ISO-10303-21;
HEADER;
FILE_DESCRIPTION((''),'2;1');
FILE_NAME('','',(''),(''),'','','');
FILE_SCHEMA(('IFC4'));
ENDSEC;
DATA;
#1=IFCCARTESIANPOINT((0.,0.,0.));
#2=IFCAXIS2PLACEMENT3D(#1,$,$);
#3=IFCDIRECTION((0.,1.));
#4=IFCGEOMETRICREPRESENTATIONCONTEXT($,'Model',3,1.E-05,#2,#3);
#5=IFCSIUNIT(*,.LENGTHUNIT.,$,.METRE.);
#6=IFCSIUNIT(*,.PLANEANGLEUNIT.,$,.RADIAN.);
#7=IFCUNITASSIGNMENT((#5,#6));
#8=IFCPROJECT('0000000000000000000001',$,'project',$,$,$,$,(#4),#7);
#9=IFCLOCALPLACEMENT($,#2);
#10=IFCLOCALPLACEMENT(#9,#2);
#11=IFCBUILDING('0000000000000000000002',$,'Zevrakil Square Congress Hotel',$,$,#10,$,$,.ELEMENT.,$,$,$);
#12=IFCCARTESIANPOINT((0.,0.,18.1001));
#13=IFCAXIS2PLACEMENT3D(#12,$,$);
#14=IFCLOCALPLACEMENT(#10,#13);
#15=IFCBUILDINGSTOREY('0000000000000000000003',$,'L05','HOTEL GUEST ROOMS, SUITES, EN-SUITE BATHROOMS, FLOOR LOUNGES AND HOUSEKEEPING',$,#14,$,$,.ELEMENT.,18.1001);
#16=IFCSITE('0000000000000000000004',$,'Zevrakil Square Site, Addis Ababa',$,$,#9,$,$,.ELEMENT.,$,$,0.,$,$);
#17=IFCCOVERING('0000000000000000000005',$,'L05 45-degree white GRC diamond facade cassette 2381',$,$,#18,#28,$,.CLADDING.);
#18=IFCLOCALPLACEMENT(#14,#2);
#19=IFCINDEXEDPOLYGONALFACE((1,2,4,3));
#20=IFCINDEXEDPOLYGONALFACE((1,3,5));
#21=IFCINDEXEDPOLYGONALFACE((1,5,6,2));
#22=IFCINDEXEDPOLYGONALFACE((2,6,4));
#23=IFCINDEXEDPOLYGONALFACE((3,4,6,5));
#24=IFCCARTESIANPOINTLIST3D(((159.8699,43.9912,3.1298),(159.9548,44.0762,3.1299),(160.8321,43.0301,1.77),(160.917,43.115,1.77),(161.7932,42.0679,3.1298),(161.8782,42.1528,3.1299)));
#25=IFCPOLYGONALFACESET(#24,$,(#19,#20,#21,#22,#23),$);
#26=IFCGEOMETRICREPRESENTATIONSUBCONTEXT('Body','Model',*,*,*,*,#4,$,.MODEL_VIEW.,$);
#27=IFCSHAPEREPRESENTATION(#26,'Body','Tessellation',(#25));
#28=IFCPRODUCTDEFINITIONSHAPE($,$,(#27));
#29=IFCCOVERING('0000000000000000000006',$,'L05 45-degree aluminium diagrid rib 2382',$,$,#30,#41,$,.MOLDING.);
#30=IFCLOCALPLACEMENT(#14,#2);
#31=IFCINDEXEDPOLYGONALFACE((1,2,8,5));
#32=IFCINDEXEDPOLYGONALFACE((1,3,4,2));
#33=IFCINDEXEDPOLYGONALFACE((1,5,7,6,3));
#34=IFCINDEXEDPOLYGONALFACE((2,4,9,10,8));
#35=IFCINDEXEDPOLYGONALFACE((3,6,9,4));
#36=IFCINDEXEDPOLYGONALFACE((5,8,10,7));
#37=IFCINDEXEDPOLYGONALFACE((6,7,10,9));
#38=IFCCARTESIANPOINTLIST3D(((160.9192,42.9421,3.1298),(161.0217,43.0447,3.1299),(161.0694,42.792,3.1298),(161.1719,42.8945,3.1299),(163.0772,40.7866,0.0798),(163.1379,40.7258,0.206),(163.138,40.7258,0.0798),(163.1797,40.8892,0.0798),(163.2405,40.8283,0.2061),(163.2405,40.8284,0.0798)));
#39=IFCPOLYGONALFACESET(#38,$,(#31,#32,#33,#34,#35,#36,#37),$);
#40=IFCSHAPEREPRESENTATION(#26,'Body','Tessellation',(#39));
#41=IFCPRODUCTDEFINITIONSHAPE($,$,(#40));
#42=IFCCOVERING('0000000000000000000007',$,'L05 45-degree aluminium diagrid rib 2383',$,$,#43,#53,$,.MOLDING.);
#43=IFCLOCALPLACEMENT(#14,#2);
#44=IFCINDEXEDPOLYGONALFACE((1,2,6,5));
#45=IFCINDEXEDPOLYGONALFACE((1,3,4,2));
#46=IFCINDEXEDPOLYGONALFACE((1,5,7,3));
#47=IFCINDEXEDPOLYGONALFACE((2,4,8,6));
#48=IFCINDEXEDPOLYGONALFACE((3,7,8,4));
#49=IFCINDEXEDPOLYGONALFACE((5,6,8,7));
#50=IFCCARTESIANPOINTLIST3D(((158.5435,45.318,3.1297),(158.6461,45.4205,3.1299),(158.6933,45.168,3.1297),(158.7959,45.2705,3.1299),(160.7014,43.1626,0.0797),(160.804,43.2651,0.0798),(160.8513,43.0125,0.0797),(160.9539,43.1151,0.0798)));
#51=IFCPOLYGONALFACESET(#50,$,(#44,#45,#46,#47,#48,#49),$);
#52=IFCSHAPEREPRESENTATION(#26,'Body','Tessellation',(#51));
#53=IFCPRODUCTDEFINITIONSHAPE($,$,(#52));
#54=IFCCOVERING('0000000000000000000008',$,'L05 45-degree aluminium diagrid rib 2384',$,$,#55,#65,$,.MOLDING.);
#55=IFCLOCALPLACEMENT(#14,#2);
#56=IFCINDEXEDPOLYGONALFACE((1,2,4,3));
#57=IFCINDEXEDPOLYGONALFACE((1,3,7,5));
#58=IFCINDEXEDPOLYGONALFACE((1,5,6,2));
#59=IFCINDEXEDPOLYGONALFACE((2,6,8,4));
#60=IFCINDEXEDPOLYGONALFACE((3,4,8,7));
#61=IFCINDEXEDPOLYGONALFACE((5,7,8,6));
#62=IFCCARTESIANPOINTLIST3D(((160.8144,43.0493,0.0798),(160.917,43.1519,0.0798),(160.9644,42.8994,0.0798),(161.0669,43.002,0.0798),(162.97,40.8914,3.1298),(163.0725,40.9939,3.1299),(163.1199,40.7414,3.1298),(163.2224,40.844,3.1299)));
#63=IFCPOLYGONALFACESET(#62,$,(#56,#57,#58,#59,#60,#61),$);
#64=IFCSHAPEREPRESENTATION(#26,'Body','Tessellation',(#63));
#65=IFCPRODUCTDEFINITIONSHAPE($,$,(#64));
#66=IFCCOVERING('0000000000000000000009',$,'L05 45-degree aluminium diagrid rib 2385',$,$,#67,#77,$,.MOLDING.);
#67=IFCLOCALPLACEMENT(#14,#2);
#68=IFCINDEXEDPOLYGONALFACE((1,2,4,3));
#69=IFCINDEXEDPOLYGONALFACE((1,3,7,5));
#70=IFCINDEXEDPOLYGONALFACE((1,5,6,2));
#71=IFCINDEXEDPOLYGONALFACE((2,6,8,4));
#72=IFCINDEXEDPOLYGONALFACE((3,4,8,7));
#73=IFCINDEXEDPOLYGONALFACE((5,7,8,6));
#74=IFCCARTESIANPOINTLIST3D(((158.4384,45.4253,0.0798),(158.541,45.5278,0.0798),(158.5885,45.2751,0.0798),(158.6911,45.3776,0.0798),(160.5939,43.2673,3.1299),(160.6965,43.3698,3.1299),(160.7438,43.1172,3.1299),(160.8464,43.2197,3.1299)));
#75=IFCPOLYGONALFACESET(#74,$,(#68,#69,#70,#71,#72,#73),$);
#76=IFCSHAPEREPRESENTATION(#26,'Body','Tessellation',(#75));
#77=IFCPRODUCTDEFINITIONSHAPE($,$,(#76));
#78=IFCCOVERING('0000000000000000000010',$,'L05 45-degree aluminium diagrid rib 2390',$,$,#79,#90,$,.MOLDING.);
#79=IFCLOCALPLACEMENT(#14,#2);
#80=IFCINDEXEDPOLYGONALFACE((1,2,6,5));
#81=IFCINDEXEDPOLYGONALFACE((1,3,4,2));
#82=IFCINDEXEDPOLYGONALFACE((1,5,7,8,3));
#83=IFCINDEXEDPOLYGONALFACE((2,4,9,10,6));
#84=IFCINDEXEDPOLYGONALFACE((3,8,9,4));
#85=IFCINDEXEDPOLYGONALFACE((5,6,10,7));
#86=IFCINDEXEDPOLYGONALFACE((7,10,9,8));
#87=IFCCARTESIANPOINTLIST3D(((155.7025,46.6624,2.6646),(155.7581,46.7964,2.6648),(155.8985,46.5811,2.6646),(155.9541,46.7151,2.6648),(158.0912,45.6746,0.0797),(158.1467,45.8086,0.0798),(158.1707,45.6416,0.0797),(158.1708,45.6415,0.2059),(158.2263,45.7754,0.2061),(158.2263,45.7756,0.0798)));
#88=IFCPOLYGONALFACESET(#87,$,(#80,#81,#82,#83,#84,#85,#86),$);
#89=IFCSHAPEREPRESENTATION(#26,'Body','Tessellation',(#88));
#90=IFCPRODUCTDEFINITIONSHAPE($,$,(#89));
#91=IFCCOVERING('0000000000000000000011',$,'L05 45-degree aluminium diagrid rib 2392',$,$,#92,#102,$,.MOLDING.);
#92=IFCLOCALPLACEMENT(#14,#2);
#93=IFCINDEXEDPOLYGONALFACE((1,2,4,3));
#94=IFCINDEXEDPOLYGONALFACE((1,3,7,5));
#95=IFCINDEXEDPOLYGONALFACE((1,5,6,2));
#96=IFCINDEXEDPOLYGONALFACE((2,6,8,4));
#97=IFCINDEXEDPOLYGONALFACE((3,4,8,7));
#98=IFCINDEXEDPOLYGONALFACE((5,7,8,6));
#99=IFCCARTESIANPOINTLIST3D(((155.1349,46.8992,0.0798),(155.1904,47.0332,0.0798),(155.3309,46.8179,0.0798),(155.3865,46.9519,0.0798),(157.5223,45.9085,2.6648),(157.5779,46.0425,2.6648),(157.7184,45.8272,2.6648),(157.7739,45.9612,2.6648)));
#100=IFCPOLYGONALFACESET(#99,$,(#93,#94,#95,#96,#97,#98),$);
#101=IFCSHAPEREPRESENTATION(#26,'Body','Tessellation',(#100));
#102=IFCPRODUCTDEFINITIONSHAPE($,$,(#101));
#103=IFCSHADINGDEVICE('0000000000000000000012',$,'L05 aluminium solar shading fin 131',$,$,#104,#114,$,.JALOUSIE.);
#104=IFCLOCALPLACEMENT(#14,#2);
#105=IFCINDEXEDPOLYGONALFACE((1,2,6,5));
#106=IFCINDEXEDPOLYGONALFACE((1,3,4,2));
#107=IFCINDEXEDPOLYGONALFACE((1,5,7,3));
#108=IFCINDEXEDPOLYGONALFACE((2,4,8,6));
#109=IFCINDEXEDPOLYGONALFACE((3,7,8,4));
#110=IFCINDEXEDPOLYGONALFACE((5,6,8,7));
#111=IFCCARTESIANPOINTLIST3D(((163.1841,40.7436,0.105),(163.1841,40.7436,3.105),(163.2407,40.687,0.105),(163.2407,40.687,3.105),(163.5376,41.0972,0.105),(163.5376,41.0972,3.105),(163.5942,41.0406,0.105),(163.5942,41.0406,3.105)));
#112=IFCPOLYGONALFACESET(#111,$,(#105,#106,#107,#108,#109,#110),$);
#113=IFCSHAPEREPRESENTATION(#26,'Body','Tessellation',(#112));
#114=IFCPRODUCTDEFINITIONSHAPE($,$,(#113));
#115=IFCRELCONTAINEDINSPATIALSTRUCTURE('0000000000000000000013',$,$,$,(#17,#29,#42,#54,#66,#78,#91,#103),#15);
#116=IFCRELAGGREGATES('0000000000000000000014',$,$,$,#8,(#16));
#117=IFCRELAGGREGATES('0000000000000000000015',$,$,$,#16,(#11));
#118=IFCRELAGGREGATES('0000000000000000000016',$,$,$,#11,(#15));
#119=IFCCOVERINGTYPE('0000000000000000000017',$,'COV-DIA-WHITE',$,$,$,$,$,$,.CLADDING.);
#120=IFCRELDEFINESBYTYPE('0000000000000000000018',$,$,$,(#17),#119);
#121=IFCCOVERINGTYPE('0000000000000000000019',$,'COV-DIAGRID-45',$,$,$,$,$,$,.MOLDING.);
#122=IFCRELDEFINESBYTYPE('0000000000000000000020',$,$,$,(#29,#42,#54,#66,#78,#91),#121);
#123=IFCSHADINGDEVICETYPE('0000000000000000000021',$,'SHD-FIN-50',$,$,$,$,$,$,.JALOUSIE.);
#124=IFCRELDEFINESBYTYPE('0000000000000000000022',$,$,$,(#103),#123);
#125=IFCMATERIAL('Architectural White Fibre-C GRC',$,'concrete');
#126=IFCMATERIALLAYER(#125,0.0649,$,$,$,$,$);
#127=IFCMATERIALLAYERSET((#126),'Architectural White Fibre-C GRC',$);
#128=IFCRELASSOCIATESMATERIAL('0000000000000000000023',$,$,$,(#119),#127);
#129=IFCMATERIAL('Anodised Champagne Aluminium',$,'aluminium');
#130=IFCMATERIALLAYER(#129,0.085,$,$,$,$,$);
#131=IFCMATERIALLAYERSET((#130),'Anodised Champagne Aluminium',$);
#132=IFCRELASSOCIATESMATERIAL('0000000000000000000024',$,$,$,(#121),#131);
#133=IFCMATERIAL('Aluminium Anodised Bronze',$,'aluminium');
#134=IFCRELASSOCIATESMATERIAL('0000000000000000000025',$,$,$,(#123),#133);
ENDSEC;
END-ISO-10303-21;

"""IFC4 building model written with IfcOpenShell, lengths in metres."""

from ifc_helpers import new_model, si_unit, direction, frame, origin, origin_2d, place, context, subcontext, project, spatial, polyline, rectangle, outline, extrude, material, layer, layer_set, type_object, element, save


model = new_model("IFC4")

# Units and contexts
model_context = context("Model", 3, precision=1e-05, world=origin(), true_north=direction((0.0, 1.0)))
body_context = subcontext(model_context, "Body", "Model", "MODEL_VIEW")
ifc_project = project(units=[si_unit("LENGTHUNIT", "METRE"), si_unit("PLANEANGLEUNIT", "RADIAN")], contexts=[model_context])

# Site, building, storey
site_placement = place(None, origin())
site = spatial("IfcSite", under=ifc_project, at=site_placement, Name="Zevrakil Square Site, Addis Ababa", CompositionType="ELEMENT", RefElevation=0.0)
building_placement = place(site_placement, origin())
building = spatial("IfcBuilding", under=site, at=building_placement, Name="Zevrakil Square Congress Hotel", CompositionType="ELEMENT")
storey_placement = place(building_placement, frame((0.0, 0.0, 18.1001)))
storey = spatial("IfcBuildingStorey", under=building, at=storey_placement, Name="L05", Description="HOTEL GUEST ROOMS, SUITES, EN-SUITE BATHROOMS, FLOOR LOUNGES AND HOUSEKEEPING", CompositionType="ELEMENT", Elevation=18.1001)

# Coverings
ifc_material_1 = material(Name="Architectural White Fibre-C GRC", Category="concrete")
ifc_layer_1 = layer(ifc_material_1, 0.0649)
ifc_layer_set_1 = layer_set([ifc_layer_1], Name="Architectural White Fibre-C GRC")
covering_type_1 = type_object("IfcCoveringType", Name="COV-DIA-WHITE", PredefinedType="CLADDING", material=ifc_layer_set_1)
covering_1_placement = place(storey_placement, frame((160.917, 43.115, 1.77), z_axis=(0.707107, 0.707107, 0.000508), x_axis=(0.499772, -0.50028, 0.707069)))
element("IfcCovering", 1, at=covering_1_placement, inside=storey, type_object=covering_type_1, Name="L05 45-degree white GRC diamond facade cassette 2381", PredefinedType="CLADDING", context=body_context, shape_type="SweptSolid", body=[
    extrude(outline(polyline([(0.0, 0.0), (1.9232, 0.0), (-0.0002, -1.9232), (0.0, 0.0)])), origin(), (0.0, 0.0, -1.0), 0.1201),
])
ifc_material_2 = material(Name="Anodised Champagne Aluminium", Category="aluminium")
ifc_layer_2 = layer(ifc_material_2, 0.085)
ifc_layer_set_2 = layer_set([ifc_layer_2], Name="Anodised Champagne Aluminium")
covering_type_2 = type_object("IfcCoveringType", Name="COV-DIAGRID-45", PredefinedType="MOLDING", material=ifc_layer_set_2)
covering_2_placement = place(storey_placement, frame((163.1797, 40.8892, 0.0798), z_axis=(0.706986, 0.707227, 0.000403), x_axis=(0.707227, -0.706986, 0.0)))
element("IfcCovering", 2, at=covering_2_placement, inside=storey, type_object=covering_type_2, Name="L05 45-degree aluminium diagrid rib 2382", PredefinedType="MOLDING", context=body_context, shape_type="SweptSolid", body=[
    extrude(outline(polyline([(0.0, 0.0), (0.086, 0.0), (0.086, -0.1262), (-2.8377, -3.05), (-3.0501, -3.05), (0.0, 0.0)])), origin(), (0.0, 0.0, -1.0), 0.145),
])
covering_3_placement = place(storey_placement, frame((160.804, 43.2651, 0.0798), z_axis=(0.707394, 0.706819, 0.001001), x_axis=(0.706819, -0.707395, 0.0)))
element("IfcCovering", 3, at=covering_3_placement, inside=storey, type_object=covering_type_2, Name="L05 45-degree aluminium diagrid rib 2383", PredefinedType="MOLDING", context=body_context, shape_type="SweptSolid", body=[
    extrude(outline(polyline([(0.0, 0.0), (0.2122, 0.0), (-2.8379, -3.0501), (-3.0499, -3.0501), (0.0, 0.0)])), origin(), (0.0, 0.0, -1.0), 0.145),
])
covering_4_placement = place(storey_placement, frame((163.2224, 40.844, 3.1299), z_axis=(0.707107, 0.707107, 0.000566), x_axis=(-0.707107, 0.707107, 0.0)))
element("IfcCovering", 4, at=covering_4_placement, inside=storey, type_object=covering_type_2, Name="L05 45-degree aluminium diagrid rib 2384", PredefinedType="MOLDING", context=body_context, shape_type="SweptSolid", body=[
    extrude(outline(polyline([(0.0, 0.0), (0.212, 0.0), (3.2621, -3.05), (3.0501, -3.05), (0.0, 0.0)])), origin(), (0.0, 0.0, -1.0), 0.145),
])
covering_5_placement = place(storey_placement, frame((160.8464, 43.2197, 3.1299), z_axis=(0.707394, 0.706819, 0.000188), x_axis=(-0.706819, 0.707394, 0.0)))
element("IfcCovering", 5, at=covering_5_placement, inside=storey, type_object=covering_type_2, Name="L05 45-degree aluminium diagrid rib 2385", PredefinedType="MOLDING", context=body_context, shape_type="SweptSolid", body=[
    extrude(outline(polyline([(0.0, 0.0), (0.2122, 0.0), (3.2623, -3.05), (3.0499, -3.05), (0.0, 0.0)])), origin(), (0.0, 0.0, -1.0), 0.145),
])
covering_6_placement = place(storey_placement, frame((158.1467, 45.8086, 0.0798), z_axis=(0.383184, 0.923671, 0.001126), x_axis=(0.923672, -0.383185, -0.000001)))
element("IfcCovering", 6, at=covering_6_placement, inside=storey, type_object=covering_type_2, Name="L05 45-degree aluminium diagrid rib 2390", PredefinedType="MOLDING", context=body_context, shape_type="SweptSolid", body=[
    extrude(outline(polyline([(0.0, 0.0), (0.0861, 0.0), (0.0862, -0.1262), (-2.3726, -2.585), (-2.5849, -2.585), (0.0, 0.0)])), origin(), (0.0, 0.0, -1.0), 0.145),
])
covering_7_placement = place(storey_placement, frame((157.7739, 45.9612, 2.6648), z_axis=(0.383063, 0.923722, 0.000235), x_axis=(-0.923722, 0.383063, 0.0)))
element("IfcCovering", 7, at=covering_7_placement, inside=storey, type_object=covering_type_2, Name="L05 45-degree aluminium diagrid rib 2392", PredefinedType="MOLDING", context=body_context, shape_type="SweptSolid", body=[
    extrude(outline(polyline([(0.0, 0.0), (0.2122, 0.0), (2.7971, -2.585), (2.5849, -2.585), (0.0, 0.0)])), origin(), (0.0, 0.0, -1.0), 0.145),
])

# Shading device
ifc_material_3 = material(Name="Aluminium Anodised Bronze", Category="aluminium")
shading_device_type = type_object("IfcShadingDeviceType", Name="SHD-FIN-50", PredefinedType="JALOUSIE", material=ifc_material_3)
shading_device_placement = place(storey_placement, frame((163.3892, 40.8921, 0.105), z_axis=(0.0, 0.0, 1.0), x_axis=(0.707107, 0.707107, 0.0)))
element("IfcShadingDevice", 8, at=shading_device_placement, inside=storey, type_object=shading_device_type, Name="L05 aluminium solar shading fin 131", PredefinedType="JALOUSIE", context=body_context, shape_type="SweptSolid", body=[
    extrude(rectangle(XDim=0.5, YDim=0.0801, at=origin_2d()), origin(), (0.0, 0.0, 1.0), 3.0),
])

save(model, "model.ifc")
